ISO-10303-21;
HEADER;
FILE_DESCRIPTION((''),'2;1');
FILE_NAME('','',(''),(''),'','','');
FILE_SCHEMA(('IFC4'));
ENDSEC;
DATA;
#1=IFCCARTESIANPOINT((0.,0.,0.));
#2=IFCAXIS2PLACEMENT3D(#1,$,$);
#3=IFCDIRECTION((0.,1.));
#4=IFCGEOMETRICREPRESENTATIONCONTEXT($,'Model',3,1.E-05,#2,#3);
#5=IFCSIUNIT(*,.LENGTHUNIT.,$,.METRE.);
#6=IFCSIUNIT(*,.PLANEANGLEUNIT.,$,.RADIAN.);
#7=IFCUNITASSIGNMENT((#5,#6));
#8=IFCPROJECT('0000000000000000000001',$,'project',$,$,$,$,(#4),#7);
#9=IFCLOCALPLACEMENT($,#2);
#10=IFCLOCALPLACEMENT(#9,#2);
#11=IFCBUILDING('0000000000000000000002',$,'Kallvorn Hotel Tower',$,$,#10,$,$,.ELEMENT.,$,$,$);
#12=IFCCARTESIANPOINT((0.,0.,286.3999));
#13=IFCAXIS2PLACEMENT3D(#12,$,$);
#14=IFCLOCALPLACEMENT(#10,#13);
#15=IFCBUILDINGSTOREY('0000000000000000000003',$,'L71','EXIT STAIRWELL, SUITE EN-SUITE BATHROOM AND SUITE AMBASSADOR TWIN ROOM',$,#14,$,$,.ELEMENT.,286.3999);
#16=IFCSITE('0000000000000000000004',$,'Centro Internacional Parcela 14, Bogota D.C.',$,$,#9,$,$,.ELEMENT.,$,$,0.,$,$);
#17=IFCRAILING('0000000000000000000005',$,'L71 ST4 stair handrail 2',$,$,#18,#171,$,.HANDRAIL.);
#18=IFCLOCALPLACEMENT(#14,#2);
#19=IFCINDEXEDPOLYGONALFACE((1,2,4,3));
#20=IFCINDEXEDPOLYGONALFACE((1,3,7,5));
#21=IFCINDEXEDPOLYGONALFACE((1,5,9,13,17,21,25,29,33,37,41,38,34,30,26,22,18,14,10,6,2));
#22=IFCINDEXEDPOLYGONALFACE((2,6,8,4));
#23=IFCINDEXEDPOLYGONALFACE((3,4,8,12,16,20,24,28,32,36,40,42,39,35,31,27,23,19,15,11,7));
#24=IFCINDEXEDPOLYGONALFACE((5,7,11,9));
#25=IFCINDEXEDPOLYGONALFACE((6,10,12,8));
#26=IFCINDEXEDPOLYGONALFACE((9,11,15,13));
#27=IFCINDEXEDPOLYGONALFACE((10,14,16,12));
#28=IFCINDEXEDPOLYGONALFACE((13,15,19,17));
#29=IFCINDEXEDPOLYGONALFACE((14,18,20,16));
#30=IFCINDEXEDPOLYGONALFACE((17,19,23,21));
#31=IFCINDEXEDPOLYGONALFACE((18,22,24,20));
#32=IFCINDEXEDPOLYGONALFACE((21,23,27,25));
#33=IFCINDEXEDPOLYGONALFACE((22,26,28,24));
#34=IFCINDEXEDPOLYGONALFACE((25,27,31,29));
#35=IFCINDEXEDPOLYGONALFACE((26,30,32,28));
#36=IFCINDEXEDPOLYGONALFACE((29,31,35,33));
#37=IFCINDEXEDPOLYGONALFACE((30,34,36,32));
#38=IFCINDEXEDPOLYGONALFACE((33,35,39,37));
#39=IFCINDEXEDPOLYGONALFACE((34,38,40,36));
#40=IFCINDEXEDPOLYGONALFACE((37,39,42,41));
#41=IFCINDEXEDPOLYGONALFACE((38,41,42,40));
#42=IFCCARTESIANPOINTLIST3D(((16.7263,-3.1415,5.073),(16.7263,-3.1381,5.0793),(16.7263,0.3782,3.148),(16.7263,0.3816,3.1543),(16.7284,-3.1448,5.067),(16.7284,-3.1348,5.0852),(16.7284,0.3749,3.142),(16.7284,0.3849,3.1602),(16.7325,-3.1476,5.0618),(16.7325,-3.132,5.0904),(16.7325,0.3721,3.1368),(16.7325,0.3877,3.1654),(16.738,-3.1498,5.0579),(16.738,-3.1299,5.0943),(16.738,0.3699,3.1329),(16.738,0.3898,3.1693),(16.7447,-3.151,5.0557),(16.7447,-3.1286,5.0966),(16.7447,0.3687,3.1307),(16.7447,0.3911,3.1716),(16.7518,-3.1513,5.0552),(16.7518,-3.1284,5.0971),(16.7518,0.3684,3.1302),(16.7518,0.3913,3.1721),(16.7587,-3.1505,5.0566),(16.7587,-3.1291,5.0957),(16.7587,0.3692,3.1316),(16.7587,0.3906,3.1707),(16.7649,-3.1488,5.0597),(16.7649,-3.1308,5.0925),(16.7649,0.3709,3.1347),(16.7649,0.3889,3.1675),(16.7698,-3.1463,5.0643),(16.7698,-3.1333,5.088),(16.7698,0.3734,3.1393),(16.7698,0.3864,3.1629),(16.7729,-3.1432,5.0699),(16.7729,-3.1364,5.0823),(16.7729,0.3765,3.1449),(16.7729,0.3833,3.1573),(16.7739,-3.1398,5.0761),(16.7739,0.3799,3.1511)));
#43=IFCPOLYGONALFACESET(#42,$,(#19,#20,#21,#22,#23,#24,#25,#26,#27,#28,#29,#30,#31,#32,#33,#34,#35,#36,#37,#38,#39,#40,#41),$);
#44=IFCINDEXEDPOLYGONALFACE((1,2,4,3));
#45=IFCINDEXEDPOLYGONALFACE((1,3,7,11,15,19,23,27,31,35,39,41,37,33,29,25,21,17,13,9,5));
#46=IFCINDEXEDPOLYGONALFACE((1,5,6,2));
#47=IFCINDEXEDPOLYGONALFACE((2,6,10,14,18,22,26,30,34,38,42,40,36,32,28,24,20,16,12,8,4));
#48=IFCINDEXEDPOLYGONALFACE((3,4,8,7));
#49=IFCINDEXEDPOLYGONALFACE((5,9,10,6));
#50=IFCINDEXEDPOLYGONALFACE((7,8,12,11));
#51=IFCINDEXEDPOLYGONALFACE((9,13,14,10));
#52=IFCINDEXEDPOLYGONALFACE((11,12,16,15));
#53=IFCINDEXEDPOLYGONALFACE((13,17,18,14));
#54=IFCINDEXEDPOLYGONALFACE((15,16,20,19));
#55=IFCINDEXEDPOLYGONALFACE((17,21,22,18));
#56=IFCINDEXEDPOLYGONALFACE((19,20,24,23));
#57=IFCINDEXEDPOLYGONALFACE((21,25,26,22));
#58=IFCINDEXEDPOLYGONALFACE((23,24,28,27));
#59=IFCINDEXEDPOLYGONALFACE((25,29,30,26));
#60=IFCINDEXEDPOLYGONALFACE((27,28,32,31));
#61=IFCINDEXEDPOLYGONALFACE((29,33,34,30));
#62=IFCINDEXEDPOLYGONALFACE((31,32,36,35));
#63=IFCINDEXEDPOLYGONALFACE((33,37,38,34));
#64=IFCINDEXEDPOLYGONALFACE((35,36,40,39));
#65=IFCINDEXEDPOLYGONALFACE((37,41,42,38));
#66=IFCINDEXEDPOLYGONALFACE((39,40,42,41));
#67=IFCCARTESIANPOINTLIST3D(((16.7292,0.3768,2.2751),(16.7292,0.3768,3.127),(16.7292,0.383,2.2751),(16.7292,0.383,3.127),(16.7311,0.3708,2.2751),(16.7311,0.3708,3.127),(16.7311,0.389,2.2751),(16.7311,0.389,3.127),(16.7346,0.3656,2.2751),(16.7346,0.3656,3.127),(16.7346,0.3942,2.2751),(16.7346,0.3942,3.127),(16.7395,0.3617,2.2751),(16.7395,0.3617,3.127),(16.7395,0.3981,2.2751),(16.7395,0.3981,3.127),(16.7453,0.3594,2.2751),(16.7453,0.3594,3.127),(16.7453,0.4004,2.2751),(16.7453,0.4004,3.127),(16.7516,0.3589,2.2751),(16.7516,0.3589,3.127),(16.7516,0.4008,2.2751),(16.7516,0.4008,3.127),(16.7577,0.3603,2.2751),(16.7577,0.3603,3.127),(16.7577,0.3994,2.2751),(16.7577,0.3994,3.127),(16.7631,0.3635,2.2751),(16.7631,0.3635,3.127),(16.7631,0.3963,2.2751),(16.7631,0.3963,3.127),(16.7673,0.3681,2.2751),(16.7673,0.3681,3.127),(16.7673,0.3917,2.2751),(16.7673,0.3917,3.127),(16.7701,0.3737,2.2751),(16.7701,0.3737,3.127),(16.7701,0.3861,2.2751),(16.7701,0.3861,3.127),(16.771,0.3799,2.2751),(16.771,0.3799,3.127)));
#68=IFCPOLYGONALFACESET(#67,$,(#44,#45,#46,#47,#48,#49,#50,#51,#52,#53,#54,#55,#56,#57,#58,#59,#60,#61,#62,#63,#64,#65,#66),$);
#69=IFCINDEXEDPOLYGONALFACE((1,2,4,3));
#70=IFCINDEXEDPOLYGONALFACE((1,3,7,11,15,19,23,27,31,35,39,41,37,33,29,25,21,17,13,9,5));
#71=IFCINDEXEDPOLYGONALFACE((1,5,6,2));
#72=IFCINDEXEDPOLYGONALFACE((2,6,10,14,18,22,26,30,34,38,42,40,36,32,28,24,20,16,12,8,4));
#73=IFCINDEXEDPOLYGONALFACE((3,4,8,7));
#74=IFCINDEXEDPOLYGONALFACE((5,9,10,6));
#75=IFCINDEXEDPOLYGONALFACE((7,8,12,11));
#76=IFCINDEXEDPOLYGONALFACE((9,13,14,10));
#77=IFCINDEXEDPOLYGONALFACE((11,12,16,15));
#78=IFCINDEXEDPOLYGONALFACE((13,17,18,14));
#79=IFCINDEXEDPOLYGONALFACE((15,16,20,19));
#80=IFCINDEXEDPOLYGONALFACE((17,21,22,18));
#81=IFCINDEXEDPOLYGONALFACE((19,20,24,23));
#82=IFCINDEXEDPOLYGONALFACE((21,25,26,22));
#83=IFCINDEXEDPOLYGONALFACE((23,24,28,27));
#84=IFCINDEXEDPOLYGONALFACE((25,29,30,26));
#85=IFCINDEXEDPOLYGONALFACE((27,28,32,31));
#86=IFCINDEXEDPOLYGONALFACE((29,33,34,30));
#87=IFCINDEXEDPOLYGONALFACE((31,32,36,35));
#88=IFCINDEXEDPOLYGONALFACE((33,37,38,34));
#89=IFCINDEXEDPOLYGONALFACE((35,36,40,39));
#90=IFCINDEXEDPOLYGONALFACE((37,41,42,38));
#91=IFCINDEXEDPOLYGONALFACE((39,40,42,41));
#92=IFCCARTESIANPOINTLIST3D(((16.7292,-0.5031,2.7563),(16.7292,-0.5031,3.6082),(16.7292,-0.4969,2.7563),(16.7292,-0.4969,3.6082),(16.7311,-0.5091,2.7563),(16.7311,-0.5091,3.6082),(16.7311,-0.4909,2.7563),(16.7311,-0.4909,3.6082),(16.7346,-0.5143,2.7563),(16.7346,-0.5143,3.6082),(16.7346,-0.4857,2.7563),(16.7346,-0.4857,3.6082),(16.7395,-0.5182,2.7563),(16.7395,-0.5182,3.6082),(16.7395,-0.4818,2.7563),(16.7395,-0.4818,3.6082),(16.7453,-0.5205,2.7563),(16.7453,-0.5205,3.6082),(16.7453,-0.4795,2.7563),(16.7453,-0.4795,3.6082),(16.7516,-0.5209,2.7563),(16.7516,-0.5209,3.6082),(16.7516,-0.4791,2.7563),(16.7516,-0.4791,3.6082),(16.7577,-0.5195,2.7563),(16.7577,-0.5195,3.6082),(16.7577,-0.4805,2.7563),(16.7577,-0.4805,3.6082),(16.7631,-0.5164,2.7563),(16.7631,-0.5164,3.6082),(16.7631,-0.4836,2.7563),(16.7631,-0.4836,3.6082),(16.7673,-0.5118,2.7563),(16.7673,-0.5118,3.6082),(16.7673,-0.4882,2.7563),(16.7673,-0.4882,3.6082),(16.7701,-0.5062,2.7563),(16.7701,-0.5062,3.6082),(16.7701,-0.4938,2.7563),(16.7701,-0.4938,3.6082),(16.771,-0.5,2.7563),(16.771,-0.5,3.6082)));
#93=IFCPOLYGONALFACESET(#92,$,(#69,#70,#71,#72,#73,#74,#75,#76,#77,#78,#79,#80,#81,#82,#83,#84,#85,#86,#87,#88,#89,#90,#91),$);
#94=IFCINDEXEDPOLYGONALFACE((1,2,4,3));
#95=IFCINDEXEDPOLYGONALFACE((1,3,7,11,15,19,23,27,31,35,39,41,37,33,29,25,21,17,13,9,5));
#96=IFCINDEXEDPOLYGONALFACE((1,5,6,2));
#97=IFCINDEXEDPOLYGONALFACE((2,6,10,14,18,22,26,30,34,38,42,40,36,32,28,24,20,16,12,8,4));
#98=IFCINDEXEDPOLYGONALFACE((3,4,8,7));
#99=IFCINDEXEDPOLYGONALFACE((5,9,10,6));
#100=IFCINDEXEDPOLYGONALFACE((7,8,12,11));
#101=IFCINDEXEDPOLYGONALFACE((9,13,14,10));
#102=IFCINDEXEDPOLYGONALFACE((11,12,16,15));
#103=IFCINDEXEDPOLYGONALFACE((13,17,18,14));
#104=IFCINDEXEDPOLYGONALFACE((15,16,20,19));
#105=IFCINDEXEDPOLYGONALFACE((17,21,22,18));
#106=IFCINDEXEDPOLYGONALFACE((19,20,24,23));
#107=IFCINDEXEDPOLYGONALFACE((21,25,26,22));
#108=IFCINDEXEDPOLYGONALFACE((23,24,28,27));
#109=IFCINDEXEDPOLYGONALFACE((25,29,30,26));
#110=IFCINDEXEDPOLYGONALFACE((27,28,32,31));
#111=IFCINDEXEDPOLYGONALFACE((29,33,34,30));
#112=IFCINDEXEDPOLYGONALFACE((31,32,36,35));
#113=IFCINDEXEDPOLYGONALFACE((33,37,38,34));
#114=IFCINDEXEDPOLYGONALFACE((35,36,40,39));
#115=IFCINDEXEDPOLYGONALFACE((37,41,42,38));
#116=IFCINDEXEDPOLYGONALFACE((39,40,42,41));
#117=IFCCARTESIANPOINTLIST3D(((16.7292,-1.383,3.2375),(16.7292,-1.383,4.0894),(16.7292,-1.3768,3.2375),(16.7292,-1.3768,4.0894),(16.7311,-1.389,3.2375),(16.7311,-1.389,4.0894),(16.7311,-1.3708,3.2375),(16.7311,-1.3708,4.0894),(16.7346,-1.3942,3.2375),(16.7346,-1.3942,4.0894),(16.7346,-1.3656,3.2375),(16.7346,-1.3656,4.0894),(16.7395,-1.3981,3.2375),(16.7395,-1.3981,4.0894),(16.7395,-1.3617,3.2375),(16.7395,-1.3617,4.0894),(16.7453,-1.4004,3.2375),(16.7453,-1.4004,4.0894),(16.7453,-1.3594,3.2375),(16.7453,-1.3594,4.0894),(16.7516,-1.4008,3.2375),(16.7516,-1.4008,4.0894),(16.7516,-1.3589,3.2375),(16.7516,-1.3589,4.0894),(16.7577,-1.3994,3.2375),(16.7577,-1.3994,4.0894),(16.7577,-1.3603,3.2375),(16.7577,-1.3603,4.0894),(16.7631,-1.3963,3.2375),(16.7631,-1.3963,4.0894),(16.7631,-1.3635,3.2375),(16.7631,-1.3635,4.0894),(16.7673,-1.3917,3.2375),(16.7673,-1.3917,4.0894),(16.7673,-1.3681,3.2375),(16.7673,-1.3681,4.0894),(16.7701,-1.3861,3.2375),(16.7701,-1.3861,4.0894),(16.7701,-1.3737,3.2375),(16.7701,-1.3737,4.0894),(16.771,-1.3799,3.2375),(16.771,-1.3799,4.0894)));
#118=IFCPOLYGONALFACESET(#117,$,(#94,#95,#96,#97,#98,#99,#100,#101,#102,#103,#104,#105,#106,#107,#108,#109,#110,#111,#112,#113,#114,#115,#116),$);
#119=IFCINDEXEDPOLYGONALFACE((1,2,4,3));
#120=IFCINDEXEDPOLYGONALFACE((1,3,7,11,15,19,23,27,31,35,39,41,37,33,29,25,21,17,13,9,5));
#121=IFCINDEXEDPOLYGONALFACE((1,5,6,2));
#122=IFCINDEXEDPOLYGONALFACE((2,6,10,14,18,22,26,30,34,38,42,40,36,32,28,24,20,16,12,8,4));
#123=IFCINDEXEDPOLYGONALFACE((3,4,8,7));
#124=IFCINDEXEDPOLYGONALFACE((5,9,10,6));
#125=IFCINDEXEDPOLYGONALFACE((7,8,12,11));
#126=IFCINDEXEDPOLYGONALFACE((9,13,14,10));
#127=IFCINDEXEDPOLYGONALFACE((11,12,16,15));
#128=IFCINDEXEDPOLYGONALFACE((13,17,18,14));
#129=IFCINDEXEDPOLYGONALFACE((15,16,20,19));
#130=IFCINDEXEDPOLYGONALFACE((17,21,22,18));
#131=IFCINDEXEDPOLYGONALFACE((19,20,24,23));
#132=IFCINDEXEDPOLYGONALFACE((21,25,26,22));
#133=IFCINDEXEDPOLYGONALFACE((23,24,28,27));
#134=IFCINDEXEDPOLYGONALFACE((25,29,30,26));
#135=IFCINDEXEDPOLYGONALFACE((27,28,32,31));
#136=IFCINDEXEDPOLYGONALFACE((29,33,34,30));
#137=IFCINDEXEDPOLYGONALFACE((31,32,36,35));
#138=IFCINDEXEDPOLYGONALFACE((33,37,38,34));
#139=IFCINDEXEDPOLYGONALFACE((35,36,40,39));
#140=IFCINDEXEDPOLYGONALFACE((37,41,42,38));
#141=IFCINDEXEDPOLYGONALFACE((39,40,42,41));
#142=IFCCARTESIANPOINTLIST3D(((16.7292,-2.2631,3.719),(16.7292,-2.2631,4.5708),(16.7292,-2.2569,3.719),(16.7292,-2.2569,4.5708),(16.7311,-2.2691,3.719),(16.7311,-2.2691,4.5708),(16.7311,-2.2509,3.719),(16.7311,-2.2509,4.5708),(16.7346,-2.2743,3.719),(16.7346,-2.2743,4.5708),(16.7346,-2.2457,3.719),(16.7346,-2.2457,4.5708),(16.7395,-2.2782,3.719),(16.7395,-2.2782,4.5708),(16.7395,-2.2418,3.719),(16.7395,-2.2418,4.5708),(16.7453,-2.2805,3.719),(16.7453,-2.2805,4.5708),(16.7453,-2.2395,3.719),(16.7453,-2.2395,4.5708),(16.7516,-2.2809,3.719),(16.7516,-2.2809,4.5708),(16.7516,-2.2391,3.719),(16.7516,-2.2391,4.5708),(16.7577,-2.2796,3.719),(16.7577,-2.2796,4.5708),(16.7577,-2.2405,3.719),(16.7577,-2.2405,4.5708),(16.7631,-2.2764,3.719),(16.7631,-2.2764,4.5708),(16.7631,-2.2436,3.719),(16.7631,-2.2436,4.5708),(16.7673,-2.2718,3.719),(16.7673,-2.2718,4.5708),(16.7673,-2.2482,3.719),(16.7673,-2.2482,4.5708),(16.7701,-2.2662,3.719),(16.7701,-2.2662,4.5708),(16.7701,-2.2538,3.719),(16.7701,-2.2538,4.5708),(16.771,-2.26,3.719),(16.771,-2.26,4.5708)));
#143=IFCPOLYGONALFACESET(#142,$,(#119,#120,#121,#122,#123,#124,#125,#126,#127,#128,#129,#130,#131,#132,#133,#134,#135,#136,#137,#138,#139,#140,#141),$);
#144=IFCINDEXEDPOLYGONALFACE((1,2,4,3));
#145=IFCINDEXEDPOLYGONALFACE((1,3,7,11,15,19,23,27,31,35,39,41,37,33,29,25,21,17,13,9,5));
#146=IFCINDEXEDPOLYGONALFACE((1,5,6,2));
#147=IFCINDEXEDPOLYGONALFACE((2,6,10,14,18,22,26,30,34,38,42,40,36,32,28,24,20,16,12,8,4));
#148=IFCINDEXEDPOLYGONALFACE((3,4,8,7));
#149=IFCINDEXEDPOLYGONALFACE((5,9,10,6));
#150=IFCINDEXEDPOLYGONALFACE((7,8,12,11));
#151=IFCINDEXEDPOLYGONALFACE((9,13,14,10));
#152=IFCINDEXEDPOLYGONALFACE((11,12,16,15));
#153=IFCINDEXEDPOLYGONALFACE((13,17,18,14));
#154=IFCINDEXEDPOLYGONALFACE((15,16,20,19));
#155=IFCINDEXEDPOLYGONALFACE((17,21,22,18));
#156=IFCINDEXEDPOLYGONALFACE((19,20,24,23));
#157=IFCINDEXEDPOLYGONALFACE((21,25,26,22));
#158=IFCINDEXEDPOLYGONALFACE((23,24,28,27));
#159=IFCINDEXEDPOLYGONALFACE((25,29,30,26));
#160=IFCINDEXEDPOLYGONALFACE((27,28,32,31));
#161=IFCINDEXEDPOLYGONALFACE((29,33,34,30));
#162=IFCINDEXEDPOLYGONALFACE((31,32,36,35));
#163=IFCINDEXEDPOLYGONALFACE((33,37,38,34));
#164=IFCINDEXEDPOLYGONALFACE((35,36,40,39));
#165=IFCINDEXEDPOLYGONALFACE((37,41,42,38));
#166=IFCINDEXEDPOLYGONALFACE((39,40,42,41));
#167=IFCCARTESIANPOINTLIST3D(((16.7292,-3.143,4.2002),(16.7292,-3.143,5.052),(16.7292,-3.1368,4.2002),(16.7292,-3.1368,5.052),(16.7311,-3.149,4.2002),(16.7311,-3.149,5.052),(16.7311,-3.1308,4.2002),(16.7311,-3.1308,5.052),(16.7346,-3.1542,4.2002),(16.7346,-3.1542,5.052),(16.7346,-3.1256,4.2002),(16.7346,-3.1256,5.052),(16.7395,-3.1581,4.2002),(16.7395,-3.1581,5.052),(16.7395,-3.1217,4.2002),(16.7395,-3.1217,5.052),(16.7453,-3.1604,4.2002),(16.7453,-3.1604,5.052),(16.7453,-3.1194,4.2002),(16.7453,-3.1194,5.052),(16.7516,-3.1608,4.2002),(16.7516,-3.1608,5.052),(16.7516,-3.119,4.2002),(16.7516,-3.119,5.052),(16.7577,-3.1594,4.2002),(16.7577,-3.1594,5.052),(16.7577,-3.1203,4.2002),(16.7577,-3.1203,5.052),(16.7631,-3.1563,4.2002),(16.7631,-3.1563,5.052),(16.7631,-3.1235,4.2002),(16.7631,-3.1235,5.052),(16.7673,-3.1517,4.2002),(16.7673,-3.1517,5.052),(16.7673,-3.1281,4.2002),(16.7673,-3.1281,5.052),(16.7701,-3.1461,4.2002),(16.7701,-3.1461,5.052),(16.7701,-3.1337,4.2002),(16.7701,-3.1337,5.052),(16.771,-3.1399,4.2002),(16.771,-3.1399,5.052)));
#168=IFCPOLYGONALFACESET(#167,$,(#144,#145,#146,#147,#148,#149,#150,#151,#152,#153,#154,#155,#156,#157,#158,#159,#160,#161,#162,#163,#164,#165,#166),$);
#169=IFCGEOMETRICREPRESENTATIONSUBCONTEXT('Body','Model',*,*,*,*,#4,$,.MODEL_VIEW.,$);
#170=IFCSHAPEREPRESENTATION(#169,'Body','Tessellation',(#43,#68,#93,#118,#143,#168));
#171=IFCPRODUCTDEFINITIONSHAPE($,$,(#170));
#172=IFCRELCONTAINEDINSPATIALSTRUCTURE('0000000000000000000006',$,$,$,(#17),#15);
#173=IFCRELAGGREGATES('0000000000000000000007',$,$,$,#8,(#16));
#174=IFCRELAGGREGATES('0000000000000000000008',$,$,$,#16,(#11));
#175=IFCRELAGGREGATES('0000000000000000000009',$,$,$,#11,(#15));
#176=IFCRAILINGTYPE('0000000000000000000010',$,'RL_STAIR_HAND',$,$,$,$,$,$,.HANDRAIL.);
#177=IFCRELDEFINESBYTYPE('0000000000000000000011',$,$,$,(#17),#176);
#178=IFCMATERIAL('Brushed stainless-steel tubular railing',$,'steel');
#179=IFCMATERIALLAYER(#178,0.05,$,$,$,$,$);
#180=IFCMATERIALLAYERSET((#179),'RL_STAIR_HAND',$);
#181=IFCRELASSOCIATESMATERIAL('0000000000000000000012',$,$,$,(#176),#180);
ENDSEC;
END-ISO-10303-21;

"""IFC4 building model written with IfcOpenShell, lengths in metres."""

from ifc_helpers import new_model, si_unit, direction, frame, origin, origin_2d, place, context, subcontext, project, spatial, circle, extrude, material, layer, layer_set, type_object, element, save


model = new_model("IFC4")

# Units and contexts
model_context = context("Model", 3, precision=1e-05, world=origin(), true_north=direction((0.0, 1.0)))
body_context = subcontext(model_context, "Body", "Model", "MODEL_VIEW")
ifc_project = project(units=[si_unit("LENGTHUNIT", "METRE"), si_unit("PLANEANGLEUNIT", "RADIAN")], contexts=[model_context])

# Site, building, storey
site_placement = place(None, origin())
site = spatial("IfcSite", under=ifc_project, at=site_placement, Name="Centro Internacional Parcela 14, Bogota D.C.", CompositionType="ELEMENT", RefElevation=0.0)
building_placement = place(site_placement, origin())
building = spatial("IfcBuilding", under=site, at=building_placement, Name="Kallvorn Hotel Tower", CompositionType="ELEMENT")
storey_placement = place(building_placement, frame((0.0, 0.0, 286.3999)))
storey = spatial("IfcBuildingStorey", under=building, at=storey_placement, Name="L71", Description="EXIT STAIRWELL, SUITE EN-SUITE BATHROOM AND SUITE AMBASSADOR TWIN ROOM", CompositionType="ELEMENT", Elevation=286.3999)

# Railing
ifc_material_1 = material(Name="Brushed stainless-steel tubular railing", Category="steel")
ifc_layer_1 = layer(ifc_material_1, 0.05)
ifc_layer_set_1 = layer_set([ifc_layer_1], Name="RL_STAIR_HAND")
railing_type_1 = type_object("IfcRailingType", Name="RL_STAIR_HAND", PredefinedType="HANDRAIL", material=ifc_layer_set_1)
for number, where, name in (
    (1, (16.75, 0.3799, 2.2751), "L71 ST4 stair handrail 2"),
):
    element("IfcRailing", number, at=place(storey_placement, frame(where)), inside=storey, type_object=railing_type_1, Name=name, PredefinedType="HANDRAIL", context=body_context, shape_type="SweptSolid", body=[
        extrude(circle(Radius=0.0239, at=origin_2d()), frame((0.0, 0.0, 0.876), z_axis=(0.0, -0.877353, 0.479845), x_axis=(1.0, 0.0, 0.0)), (0.0, 0.0, 1.0), 4.0117),
        extrude(circle(Radius=0.021, at=origin_2d()), origin(), (0.0, 0.0, 1.0), 0.8518),
        extrude(circle(Radius=0.021, at=origin_2d()), frame((0.0, -0.8799, 0.4812)), (0.0, 0.0, 1.0), 0.8518),
        extrude(circle(Radius=0.021, at=origin_2d()), frame((0.0, -1.7598, 0.9624)), (0.0, 0.0, 1.0), 0.8518),
        extrude(circle(Radius=0.021, at=origin_2d()), frame((0.0, -2.6399, 1.4438)), (0.0, 0.0, 1.0), 0.8518),
        extrude(circle(Radius=0.021, at=origin_2d()), frame((0.0, -3.5198, 1.925)), (0.0, 0.0, 1.0), 0.8518),
    ])

save(model, "model.ifc")
